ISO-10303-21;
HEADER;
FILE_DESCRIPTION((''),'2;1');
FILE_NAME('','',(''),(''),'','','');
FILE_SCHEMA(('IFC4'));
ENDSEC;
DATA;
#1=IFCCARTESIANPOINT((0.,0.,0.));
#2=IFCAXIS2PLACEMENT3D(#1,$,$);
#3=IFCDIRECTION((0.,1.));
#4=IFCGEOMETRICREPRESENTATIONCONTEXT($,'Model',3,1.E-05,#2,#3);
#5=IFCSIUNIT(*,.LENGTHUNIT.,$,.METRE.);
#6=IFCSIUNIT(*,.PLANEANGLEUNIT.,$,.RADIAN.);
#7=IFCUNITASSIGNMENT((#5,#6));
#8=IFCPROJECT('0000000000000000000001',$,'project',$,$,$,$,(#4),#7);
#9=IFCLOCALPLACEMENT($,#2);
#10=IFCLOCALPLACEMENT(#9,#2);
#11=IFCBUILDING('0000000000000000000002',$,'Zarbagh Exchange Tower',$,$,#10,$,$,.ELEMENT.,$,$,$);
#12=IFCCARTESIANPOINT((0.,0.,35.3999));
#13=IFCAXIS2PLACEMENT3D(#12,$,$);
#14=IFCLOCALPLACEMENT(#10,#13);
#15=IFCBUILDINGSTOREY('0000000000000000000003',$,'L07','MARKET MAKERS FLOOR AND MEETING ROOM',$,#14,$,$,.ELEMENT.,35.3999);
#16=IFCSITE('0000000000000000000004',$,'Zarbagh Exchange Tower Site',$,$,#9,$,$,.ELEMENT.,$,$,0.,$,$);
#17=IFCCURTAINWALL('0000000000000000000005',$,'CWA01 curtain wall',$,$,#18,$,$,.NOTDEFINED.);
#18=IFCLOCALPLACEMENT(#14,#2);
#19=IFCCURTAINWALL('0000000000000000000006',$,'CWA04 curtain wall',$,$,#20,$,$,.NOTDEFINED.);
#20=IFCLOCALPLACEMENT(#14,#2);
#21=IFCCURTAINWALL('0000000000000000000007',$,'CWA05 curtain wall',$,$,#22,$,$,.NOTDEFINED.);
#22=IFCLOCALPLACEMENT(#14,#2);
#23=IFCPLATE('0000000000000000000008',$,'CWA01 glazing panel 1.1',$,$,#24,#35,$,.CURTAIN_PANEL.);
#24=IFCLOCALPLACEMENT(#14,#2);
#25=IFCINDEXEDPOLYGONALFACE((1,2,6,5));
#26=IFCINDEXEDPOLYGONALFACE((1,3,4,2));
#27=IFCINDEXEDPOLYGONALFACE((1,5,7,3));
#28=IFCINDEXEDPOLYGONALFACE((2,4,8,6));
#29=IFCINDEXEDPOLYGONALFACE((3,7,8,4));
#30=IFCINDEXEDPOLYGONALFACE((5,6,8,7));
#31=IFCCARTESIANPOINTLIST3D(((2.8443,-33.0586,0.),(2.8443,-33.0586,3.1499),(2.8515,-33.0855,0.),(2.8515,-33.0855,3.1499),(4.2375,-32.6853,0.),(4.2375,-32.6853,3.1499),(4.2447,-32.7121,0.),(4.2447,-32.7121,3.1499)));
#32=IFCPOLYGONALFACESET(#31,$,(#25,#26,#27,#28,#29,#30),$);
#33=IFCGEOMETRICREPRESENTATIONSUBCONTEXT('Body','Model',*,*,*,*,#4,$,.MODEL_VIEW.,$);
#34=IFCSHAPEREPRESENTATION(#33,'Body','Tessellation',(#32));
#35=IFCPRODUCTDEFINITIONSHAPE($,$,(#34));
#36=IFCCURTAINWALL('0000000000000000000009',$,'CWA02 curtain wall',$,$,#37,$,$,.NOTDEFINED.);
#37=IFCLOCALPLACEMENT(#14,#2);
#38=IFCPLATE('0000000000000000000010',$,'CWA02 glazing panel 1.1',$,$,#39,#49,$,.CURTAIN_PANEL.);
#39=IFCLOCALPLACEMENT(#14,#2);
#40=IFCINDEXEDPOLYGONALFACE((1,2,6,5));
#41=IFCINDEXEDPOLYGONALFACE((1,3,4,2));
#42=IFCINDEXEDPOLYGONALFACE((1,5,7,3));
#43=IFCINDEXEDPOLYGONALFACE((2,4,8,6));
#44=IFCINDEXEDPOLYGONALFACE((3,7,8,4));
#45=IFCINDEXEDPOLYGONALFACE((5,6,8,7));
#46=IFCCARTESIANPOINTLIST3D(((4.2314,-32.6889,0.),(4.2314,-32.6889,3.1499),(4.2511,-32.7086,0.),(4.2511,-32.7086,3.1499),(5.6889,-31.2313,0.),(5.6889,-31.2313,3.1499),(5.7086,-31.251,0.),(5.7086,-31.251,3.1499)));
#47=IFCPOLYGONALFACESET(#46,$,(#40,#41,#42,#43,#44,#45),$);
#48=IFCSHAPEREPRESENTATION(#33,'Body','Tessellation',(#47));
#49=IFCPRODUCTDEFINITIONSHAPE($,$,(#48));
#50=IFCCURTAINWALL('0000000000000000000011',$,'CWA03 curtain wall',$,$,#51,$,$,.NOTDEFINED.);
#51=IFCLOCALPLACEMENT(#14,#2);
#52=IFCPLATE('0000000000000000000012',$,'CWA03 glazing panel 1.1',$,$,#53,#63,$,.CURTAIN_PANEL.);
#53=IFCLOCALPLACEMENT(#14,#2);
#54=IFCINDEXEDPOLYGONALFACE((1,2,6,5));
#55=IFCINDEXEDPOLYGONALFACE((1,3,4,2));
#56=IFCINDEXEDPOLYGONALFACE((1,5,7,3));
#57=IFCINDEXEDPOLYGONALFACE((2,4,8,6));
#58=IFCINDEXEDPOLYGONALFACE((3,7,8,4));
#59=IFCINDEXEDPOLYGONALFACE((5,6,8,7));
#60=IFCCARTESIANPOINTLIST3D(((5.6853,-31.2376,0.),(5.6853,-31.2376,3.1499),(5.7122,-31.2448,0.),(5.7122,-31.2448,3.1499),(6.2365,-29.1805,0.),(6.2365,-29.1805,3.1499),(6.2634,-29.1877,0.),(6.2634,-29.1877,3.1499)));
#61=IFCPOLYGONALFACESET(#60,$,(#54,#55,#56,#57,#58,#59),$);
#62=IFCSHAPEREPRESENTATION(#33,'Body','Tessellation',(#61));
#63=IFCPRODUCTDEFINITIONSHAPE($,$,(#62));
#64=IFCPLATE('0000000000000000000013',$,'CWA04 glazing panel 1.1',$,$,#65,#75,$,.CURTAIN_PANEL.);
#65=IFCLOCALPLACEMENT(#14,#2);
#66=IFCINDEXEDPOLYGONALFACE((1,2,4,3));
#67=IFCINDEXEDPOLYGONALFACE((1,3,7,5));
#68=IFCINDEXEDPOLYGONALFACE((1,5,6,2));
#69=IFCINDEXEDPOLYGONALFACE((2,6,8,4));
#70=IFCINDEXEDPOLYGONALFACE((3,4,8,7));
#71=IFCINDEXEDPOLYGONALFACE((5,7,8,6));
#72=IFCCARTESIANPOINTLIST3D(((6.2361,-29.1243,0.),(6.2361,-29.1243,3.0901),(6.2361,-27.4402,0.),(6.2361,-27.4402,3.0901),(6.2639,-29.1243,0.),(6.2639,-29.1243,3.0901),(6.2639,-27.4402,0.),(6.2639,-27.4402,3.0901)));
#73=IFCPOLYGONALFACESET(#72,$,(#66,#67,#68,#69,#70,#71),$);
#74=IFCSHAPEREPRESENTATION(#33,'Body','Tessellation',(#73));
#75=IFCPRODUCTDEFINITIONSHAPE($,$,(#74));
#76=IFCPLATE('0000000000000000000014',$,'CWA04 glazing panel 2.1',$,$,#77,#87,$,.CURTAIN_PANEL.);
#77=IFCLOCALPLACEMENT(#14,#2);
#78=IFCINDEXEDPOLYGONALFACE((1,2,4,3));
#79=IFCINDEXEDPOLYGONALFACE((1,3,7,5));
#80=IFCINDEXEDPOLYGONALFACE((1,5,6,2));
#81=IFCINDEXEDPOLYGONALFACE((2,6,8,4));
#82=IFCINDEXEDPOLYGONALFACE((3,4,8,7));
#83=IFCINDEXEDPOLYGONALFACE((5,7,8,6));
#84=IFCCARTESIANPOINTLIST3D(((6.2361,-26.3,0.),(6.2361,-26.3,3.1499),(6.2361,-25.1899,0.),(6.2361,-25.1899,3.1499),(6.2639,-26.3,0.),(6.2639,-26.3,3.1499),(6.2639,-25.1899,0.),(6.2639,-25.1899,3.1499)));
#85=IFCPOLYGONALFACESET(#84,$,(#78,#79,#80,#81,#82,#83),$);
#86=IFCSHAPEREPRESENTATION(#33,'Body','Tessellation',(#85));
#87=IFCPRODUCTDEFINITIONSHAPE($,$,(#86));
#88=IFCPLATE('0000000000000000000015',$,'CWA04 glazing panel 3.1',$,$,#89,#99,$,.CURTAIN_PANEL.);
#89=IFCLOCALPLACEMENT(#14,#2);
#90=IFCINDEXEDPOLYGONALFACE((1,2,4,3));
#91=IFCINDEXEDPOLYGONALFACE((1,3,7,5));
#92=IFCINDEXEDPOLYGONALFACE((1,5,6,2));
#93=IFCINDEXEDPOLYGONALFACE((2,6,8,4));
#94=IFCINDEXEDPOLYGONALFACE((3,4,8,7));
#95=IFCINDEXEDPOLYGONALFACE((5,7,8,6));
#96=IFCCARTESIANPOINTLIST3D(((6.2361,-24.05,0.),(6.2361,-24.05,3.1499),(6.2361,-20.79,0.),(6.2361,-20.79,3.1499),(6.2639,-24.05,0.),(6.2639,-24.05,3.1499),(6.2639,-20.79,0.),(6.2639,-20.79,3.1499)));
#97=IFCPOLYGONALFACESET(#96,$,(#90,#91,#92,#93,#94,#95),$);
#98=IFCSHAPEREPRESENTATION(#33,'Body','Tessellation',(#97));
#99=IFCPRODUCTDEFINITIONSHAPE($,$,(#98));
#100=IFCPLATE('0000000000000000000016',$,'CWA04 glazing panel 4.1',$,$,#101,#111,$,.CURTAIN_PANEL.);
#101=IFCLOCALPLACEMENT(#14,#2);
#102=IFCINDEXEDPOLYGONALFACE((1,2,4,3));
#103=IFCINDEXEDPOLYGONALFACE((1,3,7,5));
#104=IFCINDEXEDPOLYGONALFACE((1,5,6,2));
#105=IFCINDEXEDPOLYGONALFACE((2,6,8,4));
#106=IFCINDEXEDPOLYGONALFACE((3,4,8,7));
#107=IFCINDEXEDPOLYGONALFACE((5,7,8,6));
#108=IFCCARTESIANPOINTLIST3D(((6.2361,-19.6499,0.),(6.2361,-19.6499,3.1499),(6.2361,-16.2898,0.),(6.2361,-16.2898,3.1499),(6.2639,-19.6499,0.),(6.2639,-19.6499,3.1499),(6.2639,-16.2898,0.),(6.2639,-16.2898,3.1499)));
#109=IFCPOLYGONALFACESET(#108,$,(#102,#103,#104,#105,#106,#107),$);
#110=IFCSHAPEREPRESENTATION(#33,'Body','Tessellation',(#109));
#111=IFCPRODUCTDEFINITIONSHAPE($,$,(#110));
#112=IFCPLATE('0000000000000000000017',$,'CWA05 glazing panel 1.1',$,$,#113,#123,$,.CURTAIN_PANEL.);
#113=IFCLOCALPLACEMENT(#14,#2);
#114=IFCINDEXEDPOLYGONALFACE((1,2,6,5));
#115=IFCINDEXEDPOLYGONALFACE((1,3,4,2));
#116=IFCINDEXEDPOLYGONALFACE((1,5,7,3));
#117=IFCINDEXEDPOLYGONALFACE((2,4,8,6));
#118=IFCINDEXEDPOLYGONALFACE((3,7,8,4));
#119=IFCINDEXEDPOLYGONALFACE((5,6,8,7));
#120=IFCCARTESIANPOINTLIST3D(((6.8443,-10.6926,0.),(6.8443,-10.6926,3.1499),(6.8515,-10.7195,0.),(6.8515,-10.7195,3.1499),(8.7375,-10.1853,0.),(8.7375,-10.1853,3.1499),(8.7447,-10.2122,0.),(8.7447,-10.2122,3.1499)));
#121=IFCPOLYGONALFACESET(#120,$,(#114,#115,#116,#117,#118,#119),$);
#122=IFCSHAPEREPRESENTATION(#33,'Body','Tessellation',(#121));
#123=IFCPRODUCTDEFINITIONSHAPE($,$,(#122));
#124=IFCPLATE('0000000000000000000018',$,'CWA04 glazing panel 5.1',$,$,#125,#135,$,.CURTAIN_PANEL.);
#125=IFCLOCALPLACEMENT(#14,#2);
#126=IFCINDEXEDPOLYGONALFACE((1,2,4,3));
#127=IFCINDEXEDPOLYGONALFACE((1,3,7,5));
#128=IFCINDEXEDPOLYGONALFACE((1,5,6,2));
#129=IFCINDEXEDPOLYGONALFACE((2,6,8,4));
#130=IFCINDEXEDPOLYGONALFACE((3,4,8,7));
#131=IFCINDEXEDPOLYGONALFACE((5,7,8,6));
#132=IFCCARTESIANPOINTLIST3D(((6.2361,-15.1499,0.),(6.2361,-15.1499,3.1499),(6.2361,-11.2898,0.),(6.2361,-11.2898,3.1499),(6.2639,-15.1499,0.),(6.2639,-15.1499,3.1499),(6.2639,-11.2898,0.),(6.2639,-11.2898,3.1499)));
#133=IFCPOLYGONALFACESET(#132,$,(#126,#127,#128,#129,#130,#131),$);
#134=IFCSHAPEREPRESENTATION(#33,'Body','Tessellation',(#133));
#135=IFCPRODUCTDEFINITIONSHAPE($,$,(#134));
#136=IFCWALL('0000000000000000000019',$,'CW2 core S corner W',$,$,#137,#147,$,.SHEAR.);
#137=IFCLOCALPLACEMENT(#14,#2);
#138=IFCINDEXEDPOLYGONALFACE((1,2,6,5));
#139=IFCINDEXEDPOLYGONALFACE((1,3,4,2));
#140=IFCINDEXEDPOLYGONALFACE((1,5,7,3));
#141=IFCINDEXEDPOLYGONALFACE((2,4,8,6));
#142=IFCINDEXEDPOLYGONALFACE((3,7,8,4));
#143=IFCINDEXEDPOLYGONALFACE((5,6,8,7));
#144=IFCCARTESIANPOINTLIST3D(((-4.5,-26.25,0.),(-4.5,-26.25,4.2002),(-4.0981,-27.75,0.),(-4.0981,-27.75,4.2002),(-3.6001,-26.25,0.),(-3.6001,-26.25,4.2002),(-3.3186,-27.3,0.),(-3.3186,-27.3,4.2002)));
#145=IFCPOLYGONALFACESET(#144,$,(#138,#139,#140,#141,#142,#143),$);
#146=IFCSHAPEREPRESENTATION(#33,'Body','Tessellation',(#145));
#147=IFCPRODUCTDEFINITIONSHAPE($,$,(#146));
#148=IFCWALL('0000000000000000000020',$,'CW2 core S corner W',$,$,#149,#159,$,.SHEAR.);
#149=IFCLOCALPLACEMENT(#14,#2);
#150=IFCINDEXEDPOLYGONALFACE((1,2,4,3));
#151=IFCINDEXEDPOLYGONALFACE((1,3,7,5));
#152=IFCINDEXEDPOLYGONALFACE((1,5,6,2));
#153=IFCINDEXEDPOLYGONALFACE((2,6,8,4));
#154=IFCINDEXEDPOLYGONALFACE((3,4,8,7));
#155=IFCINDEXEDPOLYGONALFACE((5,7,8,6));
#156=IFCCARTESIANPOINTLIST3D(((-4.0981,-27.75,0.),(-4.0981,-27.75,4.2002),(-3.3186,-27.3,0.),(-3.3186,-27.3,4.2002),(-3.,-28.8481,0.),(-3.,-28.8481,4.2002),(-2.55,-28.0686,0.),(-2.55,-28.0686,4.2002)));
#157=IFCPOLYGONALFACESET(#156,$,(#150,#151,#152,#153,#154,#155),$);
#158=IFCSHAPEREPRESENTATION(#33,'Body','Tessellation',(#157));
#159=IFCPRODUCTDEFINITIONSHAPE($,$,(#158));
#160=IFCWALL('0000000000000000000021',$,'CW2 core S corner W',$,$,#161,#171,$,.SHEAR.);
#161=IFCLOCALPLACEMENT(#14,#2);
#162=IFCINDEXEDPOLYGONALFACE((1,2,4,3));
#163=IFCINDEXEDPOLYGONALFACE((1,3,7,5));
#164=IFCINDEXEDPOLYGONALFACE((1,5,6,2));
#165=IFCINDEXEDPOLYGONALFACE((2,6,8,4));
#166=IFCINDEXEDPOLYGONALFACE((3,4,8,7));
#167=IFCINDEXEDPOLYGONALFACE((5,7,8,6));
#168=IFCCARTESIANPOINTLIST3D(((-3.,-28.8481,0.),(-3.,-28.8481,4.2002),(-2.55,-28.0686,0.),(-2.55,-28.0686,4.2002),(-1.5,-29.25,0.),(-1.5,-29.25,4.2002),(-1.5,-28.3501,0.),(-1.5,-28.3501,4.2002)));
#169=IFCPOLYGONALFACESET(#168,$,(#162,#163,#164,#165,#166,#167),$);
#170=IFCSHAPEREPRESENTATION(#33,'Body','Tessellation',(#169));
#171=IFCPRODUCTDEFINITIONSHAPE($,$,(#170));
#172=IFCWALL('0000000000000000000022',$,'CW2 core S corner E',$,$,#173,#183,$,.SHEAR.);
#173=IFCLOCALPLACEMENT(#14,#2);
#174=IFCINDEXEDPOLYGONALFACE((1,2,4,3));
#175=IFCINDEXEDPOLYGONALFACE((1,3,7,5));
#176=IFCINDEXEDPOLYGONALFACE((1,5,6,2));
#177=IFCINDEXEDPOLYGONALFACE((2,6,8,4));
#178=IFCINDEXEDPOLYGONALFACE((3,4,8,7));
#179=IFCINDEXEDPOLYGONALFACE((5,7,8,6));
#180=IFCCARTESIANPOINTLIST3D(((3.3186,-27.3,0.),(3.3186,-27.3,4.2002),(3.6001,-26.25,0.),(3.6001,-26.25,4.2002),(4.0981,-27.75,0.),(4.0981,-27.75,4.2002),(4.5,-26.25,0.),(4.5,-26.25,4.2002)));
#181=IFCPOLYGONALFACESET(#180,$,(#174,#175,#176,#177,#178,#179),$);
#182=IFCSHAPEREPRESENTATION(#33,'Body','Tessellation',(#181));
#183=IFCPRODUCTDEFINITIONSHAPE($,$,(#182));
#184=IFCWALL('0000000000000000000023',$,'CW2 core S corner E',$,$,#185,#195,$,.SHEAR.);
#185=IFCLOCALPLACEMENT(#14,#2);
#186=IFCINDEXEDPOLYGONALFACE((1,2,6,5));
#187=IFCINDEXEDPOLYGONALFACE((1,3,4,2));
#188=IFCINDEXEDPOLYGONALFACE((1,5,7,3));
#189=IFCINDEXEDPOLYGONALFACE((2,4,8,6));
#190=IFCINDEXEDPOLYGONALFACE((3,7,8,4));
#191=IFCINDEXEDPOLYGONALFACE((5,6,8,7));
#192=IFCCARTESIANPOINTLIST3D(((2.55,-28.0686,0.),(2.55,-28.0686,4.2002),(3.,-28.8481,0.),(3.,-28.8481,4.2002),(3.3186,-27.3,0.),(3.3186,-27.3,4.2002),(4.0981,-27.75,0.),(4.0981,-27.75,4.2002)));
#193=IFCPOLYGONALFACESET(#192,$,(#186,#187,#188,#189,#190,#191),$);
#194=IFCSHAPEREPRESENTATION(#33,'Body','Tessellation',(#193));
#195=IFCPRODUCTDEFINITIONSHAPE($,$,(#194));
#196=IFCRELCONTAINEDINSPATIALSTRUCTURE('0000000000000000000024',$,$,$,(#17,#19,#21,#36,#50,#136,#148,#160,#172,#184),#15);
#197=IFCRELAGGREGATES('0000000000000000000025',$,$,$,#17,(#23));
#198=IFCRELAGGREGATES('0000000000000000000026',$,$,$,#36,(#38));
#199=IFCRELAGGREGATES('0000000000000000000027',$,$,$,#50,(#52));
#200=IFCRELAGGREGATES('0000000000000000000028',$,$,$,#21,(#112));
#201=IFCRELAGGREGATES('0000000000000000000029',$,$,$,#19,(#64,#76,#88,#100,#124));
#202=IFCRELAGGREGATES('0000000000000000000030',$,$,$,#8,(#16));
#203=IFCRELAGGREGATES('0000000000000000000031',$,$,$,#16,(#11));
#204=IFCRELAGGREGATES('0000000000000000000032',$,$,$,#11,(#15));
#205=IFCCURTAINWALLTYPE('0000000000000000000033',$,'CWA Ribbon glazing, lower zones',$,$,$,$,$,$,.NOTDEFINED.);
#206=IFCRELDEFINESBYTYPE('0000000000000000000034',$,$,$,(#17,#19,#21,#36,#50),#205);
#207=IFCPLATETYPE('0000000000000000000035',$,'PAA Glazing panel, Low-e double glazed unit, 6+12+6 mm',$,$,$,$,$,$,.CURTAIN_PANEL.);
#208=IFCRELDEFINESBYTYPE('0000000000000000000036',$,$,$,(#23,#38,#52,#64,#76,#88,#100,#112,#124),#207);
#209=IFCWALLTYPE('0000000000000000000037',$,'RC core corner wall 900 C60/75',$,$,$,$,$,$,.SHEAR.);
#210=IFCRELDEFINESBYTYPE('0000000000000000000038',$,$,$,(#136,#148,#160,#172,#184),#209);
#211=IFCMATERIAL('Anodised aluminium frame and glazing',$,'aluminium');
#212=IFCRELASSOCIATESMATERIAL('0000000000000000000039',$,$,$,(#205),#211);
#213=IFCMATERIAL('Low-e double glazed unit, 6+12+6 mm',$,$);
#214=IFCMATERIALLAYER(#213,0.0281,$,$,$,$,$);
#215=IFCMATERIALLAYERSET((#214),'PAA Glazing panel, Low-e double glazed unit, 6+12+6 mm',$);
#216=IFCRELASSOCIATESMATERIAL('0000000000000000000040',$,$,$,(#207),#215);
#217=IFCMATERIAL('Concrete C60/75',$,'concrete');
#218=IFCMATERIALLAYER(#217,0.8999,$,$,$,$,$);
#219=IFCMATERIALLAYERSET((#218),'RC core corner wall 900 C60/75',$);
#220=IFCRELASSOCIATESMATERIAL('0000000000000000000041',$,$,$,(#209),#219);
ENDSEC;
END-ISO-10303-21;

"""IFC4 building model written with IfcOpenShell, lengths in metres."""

from ifc_helpers import new_model, si_unit, direction, frame, origin, place, context, subcontext, project, spatial, polyline, outline, extrude, source, transform, mapped, material, layer, layer_set, type_object, element, aggregate, save


model = new_model("IFC4")

# Units and contexts
model_context = context("Model", 3, precision=1e-05, world=origin(), true_north=direction((0.0, 1.0)))
body_context = subcontext(model_context, "Body", "Model", "MODEL_VIEW")
ifc_project = project(units=[si_unit("LENGTHUNIT", "METRE"), si_unit("PLANEANGLEUNIT", "RADIAN")], contexts=[model_context])

# Site, building, storey
site_placement = place(None, origin())
site = spatial("IfcSite", under=ifc_project, at=site_placement, Name="Zarbagh Exchange Tower Site", CompositionType="ELEMENT", RefElevation=0.0)
building_placement = place(site_placement, origin())
building = spatial("IfcBuilding", under=site, at=building_placement, Name="Zarbagh Exchange Tower", CompositionType="ELEMENT")
storey_placement = place(building_placement, frame((0.0, 0.0, 35.3999)))
storey = spatial("IfcBuildingStorey", under=building, at=storey_placement, Name="L07", Description="MARKET MAKERS FLOOR AND MEETING ROOM", CompositionType="ELEMENT", Elevation=35.3999)

# Curtain wall
ifc_material_1 = material(Name="Anodised aluminium frame and glazing", Category="aluminium")
curtain_wall_type = type_object("IfcCurtainWallType", Name="CWA Ribbon glazing, lower zones", PredefinedType="NOTDEFINED", material=ifc_material_1)
curtain_wall_1_placement = place(storey_placement, origin())
curtain_wall_1 = element("IfcCurtainWall", 1, at=curtain_wall_1_placement, inside=storey, type_object=curtain_wall_type, Name="CWA01 curtain wall", PredefinedType="NOTDEFINED")
placement = place(storey_placement, origin())

# Curtain wall
curtain_wall_2_placement = place(storey_placement, origin())
curtain_wall_2 = element("IfcCurtainWall", 2, at=curtain_wall_2_placement, inside=storey, type_object=curtain_wall_type, Name="CWA04 curtain wall", PredefinedType="NOTDEFINED")

# Curtain wall
curtain_wall_3_placement = place(storey_placement, origin())
curtain_wall_3 = element("IfcCurtainWall", 3, at=curtain_wall_3_placement, inside=storey, type_object=curtain_wall_type, Name="CWA05 curtain wall", PredefinedType="NOTDEFINED")

# Plate
ifc_material_2 = material(Name="Low-e double glazed unit, 6+12+6 mm")
ifc_layer_1 = layer(ifc_material_2, 0.0281)
ifc_layer_set_1 = layer_set([ifc_layer_1], Name="PAA Glazing panel, Low-e double glazed unit, 6+12+6 mm")
plate_type = type_object("IfcPlateType", Name="PAA Glazing panel, Low-e double glazed unit, 6+12+6 mm", PredefinedType="CURTAIN_PANEL", material=ifc_layer_set_1)
shared_shape_1 = source(origin(), body_context, "Body", "SweptSolid", [
    extrude(outline(polyline([(0.0, -0.0139), (1.4424, -0.0139), (1.4424, 0.0139), (0.0, 0.0139), (0.0, -0.0139)])), origin(), (0.0, 0.0, 1.0), 3.1499),
])
plate_1 = element("IfcPlate", 4, at=placement, type_object=plate_type, Name="CWA01 glazing panel 1.1", PredefinedType="CURTAIN_PANEL", context=body_context, shape_type="MappedRepresentation", body=[
    mapped(shared_shape_1, transform((2.8479, -33.072, 0.0), x_axis=(0.965924, 0.258825, 0.0), y_axis=(-0.258825, 0.965924, 0.0), z_axis=(0.0, 0.0, 1.0))),
])
aggregate(curtain_wall_1, [plate_1])

# Curtain walls, plates
curtain_wall_4_placement = place(storey_placement, origin())
curtain_wall_4 = element("IfcCurtainWall", 5, at=curtain_wall_4_placement, inside=storey, type_object=curtain_wall_type, Name="CWA02 curtain wall", PredefinedType="NOTDEFINED")
shared_shape_2 = source(origin(), body_context, "Body", "SweptSolid", [
    extrude(outline(polyline([(0.0, -0.0139), (2.0613, -0.0139), (2.0613, 0.0139), (0.0, 0.0139), (0.0, -0.0139)])), origin(), (0.0, 0.0, 1.0), 3.1499),
])
plate_2 = element("IfcPlate", 6, at=placement, type_object=plate_type, Name="CWA02 glazing panel 1.1", PredefinedType="CURTAIN_PANEL", context=body_context, shape_type="MappedRepresentation", body=[
    mapped(shared_shape_2, transform((4.2412, -32.6987, 0.0), x_axis=(0.707107, 0.707107, 0.0), y_axis=(-0.707107, 0.707107, 0.0), z_axis=(0.0, 0.0, 1.0))),
])
aggregate(curtain_wall_4, [plate_2])
curtain_wall_5_placement = place(storey_placement, origin())
curtain_wall_5 = element("IfcCurtainWall", 7, at=curtain_wall_5_placement, inside=storey, type_object=curtain_wall_type, Name="CWA03 curtain wall", PredefinedType="NOTDEFINED")
shared_shape_3 = source(origin(), body_context, "Body", "SweptSolid", [
    extrude(outline(polyline([(0.0, -0.0139), (2.1296, -0.0139), (2.1296, 0.0139), (0.0, 0.0139), (0.0, -0.0139)])), origin(), (0.0, 0.0, 1.0), 3.1499),
])
plate_3 = element("IfcPlate", 8, at=placement, type_object=plate_type, Name="CWA03 glazing panel 1.1", PredefinedType="CURTAIN_PANEL", context=body_context, shape_type="MappedRepresentation", body=[
    mapped(shared_shape_3, transform((5.6987, -31.2412, 0.0), x_axis=(0.258825, 0.965924, 0.0), y_axis=(-0.965924, 0.258825, 0.0), z_axis=(0.0, 0.0, 1.0))),
])
aggregate(curtain_wall_5, [plate_3])

# Plates
shared_shape_4 = source(origin(), body_context, "Body", "SweptSolid", [
    extrude(outline(polyline([(0.0, -0.0139), (1.6841, -0.0139), (1.6841, 0.0139), (0.0, 0.0139), (0.0, -0.0139)])), origin(), (0.0, 0.0, 1.0), 3.0901),
])
plate_4 = element("IfcPlate", 9, at=placement, type_object=plate_type, Name="CWA04 glazing panel 1.1", PredefinedType="CURTAIN_PANEL", context=body_context, shape_type="MappedRepresentation", body=[
    mapped(shared_shape_4, transform((6.25, -29.1243, 0.0), x_axis=(0.0, 1.0, 0.0), y_axis=(-1.0, 0.0, 0.0), z_axis=(0.0, 0.0, 1.0))),
])
shared_shape_5 = source(origin(), body_context, "Body", "SweptSolid", [
    extrude(outline(polyline([(0.0, -0.0139), (1.1101, -0.0139), (1.1101, 0.0139), (0.0, 0.0139), (0.0, -0.0139)])), origin(), (0.0, 0.0, 1.0), 3.1499),
])
plate_5 = element("IfcPlate", 10, at=placement, type_object=plate_type, Name="CWA04 glazing panel 2.1", PredefinedType="CURTAIN_PANEL", context=body_context, shape_type="MappedRepresentation", body=[
    mapped(shared_shape_5, transform((6.25, -26.3, 0.0), x_axis=(0.0, 1.0, 0.0), y_axis=(-1.0, 0.0, 0.0), z_axis=(0.0, 0.0, 1.0))),
])
shared_shape_6 = source(origin(), body_context, "Body", "SweptSolid", [
    extrude(outline(polyline([(0.0, -0.0139), (3.26, -0.0139), (3.26, 0.0139), (0.0, 0.0139), (0.0, -0.0139)])), origin(), (0.0, 0.0, 1.0), 3.1499),
])
plate_6 = element("IfcPlate", 11, at=placement, type_object=plate_type, Name="CWA04 glazing panel 3.1", PredefinedType="CURTAIN_PANEL", context=body_context, shape_type="MappedRepresentation", body=[
    mapped(shared_shape_6, transform((6.25, -24.05, 0.0), x_axis=(0.0, 1.0, 0.0), y_axis=(-1.0, 0.0, 0.0), z_axis=(0.0, 0.0, 1.0))),
])
shared_shape_7 = source(origin(), body_context, "Body", "SweptSolid", [
    extrude(outline(polyline([(0.0, -0.0139), (3.3601, -0.0139), (3.3601, 0.0139), (0.0, 0.0139), (0.0, -0.0139)])), origin(), (0.0, 0.0, 1.0), 3.1499),
])
plate_7 = element("IfcPlate", 12, at=placement, type_object=plate_type, Name="CWA04 glazing panel 4.1", PredefinedType="CURTAIN_PANEL", context=body_context, shape_type="MappedRepresentation", body=[
    mapped(shared_shape_7, transform((6.25, -19.6499, 0.0), x_axis=(0.0, 1.0, 0.0), y_axis=(-1.0, 0.0, 0.0), z_axis=(0.0, 0.0, 1.0))),
])
shared_shape_8 = source(origin(), body_context, "Body", "SweptSolid", [
    extrude(outline(polyline([(0.0, -0.0139), (1.96, -0.0139), (1.96, 0.0139), (0.0, 0.0139), (0.0, -0.0139)])), origin(), (0.0, 0.0, 1.0), 3.1499),
])
plate_8 = element("IfcPlate", 13, at=placement, type_object=plate_type, Name="CWA05 glazing panel 1.1", PredefinedType="CURTAIN_PANEL", context=body_context, shape_type="MappedRepresentation", body=[
    mapped(shared_shape_8, transform((6.8479, -10.7061, 0.0), x_axis=(0.965924, 0.258825, 0.0), y_axis=(-0.258825, 0.965924, 0.0), z_axis=(0.0, 0.0, 1.0))),
])
aggregate(curtain_wall_3, [plate_8])
shared_shape_9 = source(origin(), body_context, "Body", "SweptSolid", [
    extrude(outline(polyline([(0.0, -0.0139), (3.8601, -0.0139), (3.8601, 0.0139), (0.0, 0.0139), (0.0, -0.0139)])), origin(), (0.0, 0.0, 1.0), 3.1499),
])
plate_9 = element("IfcPlate", 14, at=placement, type_object=plate_type, Name="CWA04 glazing panel 5.1", PredefinedType="CURTAIN_PANEL", context=body_context, shape_type="MappedRepresentation", body=[
    mapped(shared_shape_9, transform((6.25, -15.1499, 0.0), x_axis=(0.0, 1.0, 0.0), y_axis=(-1.0, 0.0, 0.0), z_axis=(0.0, 0.0, 1.0))),
])
aggregate(curtain_wall_2, [plate_4, plate_5, plate_6, plate_7, plate_9])

# Walls
ifc_material_3 = material(Name="Concrete C60/75", Category="concrete")
ifc_layer_2 = layer(ifc_material_3, 0.8999)
ifc_layer_set_2 = layer_set([ifc_layer_2], Name="RC core corner wall 900 C60/75")
wall_type = type_object("IfcWallType", Name="RC core corner wall 900 C60/75", PredefinedType="SHEAR", material=ifc_layer_set_2)
wall_1_placement = place(storey_placement, origin())
element("IfcWall", 15, at=wall_1_placement, inside=storey, type_object=wall_type, Name="CW2 core S corner W", PredefinedType="SHEAR", context=body_context, shape_type="SweptSolid", body=[
    extrude(outline(polyline([(-4.5, -26.25), (-4.0981, -27.75), (-3.3186, -27.3), (-3.6001, -26.25), (-4.5, -26.25)])), origin(), (0.0, 0.0, 1.0), 4.2002),
])
wall_2_placement = place(storey_placement, origin())
element("IfcWall", 16, at=wall_2_placement, inside=storey, type_object=wall_type, Name="CW2 core S corner W", PredefinedType="SHEAR", context=body_context, shape_type="SweptSolid", body=[
    extrude(outline(polyline([(-4.0981, -27.75), (-3.0, -28.8481), (-2.55, -28.0686), (-3.3186, -27.3), (-4.0981, -27.75)])), origin(), (0.0, 0.0, 1.0), 4.2002),
])
wall_3_placement = place(storey_placement, origin())
element("IfcWall", 17, at=wall_3_placement, inside=storey, type_object=wall_type, Name="CW2 core S corner W", PredefinedType="SHEAR", context=body_context, shape_type="SweptSolid", body=[
    extrude(outline(polyline([(-3.0, -28.8481), (-1.5, -29.25), (-1.5, -28.3501), (-2.55, -28.0686), (-3.0, -28.8481)])), origin(), (0.0, 0.0, 1.0), 4.2002),
])
wall_4_placement = place(storey_placement, origin())
element("IfcWall", 18, at=wall_4_placement, inside=storey, type_object=wall_type, Name="CW2 core S corner E", PredefinedType="SHEAR", context=body_context, shape_type="SweptSolid", body=[
    extrude(outline(polyline([(4.5, -26.25), (4.0981, -27.75), (3.3186, -27.3), (3.6001, -26.25), (4.5, -26.25)])), origin(), (0.0, 0.0, 1.0), 4.2002),
])
wall_5_placement = place(storey_placement, origin())
element("IfcWall", 19, at=wall_5_placement, inside=storey, type_object=wall_type, Name="CW2 core S corner E", PredefinedType="SHEAR", context=body_context, shape_type="SweptSolid", body=[
    extrude(outline(polyline([(4.0981, -27.75), (3.0, -28.8481), (2.55, -28.0686), (3.3186, -27.3), (4.0981, -27.75)])), origin(), (0.0, 0.0, 1.0), 4.2002),
])

save(model, "model.ifc")
